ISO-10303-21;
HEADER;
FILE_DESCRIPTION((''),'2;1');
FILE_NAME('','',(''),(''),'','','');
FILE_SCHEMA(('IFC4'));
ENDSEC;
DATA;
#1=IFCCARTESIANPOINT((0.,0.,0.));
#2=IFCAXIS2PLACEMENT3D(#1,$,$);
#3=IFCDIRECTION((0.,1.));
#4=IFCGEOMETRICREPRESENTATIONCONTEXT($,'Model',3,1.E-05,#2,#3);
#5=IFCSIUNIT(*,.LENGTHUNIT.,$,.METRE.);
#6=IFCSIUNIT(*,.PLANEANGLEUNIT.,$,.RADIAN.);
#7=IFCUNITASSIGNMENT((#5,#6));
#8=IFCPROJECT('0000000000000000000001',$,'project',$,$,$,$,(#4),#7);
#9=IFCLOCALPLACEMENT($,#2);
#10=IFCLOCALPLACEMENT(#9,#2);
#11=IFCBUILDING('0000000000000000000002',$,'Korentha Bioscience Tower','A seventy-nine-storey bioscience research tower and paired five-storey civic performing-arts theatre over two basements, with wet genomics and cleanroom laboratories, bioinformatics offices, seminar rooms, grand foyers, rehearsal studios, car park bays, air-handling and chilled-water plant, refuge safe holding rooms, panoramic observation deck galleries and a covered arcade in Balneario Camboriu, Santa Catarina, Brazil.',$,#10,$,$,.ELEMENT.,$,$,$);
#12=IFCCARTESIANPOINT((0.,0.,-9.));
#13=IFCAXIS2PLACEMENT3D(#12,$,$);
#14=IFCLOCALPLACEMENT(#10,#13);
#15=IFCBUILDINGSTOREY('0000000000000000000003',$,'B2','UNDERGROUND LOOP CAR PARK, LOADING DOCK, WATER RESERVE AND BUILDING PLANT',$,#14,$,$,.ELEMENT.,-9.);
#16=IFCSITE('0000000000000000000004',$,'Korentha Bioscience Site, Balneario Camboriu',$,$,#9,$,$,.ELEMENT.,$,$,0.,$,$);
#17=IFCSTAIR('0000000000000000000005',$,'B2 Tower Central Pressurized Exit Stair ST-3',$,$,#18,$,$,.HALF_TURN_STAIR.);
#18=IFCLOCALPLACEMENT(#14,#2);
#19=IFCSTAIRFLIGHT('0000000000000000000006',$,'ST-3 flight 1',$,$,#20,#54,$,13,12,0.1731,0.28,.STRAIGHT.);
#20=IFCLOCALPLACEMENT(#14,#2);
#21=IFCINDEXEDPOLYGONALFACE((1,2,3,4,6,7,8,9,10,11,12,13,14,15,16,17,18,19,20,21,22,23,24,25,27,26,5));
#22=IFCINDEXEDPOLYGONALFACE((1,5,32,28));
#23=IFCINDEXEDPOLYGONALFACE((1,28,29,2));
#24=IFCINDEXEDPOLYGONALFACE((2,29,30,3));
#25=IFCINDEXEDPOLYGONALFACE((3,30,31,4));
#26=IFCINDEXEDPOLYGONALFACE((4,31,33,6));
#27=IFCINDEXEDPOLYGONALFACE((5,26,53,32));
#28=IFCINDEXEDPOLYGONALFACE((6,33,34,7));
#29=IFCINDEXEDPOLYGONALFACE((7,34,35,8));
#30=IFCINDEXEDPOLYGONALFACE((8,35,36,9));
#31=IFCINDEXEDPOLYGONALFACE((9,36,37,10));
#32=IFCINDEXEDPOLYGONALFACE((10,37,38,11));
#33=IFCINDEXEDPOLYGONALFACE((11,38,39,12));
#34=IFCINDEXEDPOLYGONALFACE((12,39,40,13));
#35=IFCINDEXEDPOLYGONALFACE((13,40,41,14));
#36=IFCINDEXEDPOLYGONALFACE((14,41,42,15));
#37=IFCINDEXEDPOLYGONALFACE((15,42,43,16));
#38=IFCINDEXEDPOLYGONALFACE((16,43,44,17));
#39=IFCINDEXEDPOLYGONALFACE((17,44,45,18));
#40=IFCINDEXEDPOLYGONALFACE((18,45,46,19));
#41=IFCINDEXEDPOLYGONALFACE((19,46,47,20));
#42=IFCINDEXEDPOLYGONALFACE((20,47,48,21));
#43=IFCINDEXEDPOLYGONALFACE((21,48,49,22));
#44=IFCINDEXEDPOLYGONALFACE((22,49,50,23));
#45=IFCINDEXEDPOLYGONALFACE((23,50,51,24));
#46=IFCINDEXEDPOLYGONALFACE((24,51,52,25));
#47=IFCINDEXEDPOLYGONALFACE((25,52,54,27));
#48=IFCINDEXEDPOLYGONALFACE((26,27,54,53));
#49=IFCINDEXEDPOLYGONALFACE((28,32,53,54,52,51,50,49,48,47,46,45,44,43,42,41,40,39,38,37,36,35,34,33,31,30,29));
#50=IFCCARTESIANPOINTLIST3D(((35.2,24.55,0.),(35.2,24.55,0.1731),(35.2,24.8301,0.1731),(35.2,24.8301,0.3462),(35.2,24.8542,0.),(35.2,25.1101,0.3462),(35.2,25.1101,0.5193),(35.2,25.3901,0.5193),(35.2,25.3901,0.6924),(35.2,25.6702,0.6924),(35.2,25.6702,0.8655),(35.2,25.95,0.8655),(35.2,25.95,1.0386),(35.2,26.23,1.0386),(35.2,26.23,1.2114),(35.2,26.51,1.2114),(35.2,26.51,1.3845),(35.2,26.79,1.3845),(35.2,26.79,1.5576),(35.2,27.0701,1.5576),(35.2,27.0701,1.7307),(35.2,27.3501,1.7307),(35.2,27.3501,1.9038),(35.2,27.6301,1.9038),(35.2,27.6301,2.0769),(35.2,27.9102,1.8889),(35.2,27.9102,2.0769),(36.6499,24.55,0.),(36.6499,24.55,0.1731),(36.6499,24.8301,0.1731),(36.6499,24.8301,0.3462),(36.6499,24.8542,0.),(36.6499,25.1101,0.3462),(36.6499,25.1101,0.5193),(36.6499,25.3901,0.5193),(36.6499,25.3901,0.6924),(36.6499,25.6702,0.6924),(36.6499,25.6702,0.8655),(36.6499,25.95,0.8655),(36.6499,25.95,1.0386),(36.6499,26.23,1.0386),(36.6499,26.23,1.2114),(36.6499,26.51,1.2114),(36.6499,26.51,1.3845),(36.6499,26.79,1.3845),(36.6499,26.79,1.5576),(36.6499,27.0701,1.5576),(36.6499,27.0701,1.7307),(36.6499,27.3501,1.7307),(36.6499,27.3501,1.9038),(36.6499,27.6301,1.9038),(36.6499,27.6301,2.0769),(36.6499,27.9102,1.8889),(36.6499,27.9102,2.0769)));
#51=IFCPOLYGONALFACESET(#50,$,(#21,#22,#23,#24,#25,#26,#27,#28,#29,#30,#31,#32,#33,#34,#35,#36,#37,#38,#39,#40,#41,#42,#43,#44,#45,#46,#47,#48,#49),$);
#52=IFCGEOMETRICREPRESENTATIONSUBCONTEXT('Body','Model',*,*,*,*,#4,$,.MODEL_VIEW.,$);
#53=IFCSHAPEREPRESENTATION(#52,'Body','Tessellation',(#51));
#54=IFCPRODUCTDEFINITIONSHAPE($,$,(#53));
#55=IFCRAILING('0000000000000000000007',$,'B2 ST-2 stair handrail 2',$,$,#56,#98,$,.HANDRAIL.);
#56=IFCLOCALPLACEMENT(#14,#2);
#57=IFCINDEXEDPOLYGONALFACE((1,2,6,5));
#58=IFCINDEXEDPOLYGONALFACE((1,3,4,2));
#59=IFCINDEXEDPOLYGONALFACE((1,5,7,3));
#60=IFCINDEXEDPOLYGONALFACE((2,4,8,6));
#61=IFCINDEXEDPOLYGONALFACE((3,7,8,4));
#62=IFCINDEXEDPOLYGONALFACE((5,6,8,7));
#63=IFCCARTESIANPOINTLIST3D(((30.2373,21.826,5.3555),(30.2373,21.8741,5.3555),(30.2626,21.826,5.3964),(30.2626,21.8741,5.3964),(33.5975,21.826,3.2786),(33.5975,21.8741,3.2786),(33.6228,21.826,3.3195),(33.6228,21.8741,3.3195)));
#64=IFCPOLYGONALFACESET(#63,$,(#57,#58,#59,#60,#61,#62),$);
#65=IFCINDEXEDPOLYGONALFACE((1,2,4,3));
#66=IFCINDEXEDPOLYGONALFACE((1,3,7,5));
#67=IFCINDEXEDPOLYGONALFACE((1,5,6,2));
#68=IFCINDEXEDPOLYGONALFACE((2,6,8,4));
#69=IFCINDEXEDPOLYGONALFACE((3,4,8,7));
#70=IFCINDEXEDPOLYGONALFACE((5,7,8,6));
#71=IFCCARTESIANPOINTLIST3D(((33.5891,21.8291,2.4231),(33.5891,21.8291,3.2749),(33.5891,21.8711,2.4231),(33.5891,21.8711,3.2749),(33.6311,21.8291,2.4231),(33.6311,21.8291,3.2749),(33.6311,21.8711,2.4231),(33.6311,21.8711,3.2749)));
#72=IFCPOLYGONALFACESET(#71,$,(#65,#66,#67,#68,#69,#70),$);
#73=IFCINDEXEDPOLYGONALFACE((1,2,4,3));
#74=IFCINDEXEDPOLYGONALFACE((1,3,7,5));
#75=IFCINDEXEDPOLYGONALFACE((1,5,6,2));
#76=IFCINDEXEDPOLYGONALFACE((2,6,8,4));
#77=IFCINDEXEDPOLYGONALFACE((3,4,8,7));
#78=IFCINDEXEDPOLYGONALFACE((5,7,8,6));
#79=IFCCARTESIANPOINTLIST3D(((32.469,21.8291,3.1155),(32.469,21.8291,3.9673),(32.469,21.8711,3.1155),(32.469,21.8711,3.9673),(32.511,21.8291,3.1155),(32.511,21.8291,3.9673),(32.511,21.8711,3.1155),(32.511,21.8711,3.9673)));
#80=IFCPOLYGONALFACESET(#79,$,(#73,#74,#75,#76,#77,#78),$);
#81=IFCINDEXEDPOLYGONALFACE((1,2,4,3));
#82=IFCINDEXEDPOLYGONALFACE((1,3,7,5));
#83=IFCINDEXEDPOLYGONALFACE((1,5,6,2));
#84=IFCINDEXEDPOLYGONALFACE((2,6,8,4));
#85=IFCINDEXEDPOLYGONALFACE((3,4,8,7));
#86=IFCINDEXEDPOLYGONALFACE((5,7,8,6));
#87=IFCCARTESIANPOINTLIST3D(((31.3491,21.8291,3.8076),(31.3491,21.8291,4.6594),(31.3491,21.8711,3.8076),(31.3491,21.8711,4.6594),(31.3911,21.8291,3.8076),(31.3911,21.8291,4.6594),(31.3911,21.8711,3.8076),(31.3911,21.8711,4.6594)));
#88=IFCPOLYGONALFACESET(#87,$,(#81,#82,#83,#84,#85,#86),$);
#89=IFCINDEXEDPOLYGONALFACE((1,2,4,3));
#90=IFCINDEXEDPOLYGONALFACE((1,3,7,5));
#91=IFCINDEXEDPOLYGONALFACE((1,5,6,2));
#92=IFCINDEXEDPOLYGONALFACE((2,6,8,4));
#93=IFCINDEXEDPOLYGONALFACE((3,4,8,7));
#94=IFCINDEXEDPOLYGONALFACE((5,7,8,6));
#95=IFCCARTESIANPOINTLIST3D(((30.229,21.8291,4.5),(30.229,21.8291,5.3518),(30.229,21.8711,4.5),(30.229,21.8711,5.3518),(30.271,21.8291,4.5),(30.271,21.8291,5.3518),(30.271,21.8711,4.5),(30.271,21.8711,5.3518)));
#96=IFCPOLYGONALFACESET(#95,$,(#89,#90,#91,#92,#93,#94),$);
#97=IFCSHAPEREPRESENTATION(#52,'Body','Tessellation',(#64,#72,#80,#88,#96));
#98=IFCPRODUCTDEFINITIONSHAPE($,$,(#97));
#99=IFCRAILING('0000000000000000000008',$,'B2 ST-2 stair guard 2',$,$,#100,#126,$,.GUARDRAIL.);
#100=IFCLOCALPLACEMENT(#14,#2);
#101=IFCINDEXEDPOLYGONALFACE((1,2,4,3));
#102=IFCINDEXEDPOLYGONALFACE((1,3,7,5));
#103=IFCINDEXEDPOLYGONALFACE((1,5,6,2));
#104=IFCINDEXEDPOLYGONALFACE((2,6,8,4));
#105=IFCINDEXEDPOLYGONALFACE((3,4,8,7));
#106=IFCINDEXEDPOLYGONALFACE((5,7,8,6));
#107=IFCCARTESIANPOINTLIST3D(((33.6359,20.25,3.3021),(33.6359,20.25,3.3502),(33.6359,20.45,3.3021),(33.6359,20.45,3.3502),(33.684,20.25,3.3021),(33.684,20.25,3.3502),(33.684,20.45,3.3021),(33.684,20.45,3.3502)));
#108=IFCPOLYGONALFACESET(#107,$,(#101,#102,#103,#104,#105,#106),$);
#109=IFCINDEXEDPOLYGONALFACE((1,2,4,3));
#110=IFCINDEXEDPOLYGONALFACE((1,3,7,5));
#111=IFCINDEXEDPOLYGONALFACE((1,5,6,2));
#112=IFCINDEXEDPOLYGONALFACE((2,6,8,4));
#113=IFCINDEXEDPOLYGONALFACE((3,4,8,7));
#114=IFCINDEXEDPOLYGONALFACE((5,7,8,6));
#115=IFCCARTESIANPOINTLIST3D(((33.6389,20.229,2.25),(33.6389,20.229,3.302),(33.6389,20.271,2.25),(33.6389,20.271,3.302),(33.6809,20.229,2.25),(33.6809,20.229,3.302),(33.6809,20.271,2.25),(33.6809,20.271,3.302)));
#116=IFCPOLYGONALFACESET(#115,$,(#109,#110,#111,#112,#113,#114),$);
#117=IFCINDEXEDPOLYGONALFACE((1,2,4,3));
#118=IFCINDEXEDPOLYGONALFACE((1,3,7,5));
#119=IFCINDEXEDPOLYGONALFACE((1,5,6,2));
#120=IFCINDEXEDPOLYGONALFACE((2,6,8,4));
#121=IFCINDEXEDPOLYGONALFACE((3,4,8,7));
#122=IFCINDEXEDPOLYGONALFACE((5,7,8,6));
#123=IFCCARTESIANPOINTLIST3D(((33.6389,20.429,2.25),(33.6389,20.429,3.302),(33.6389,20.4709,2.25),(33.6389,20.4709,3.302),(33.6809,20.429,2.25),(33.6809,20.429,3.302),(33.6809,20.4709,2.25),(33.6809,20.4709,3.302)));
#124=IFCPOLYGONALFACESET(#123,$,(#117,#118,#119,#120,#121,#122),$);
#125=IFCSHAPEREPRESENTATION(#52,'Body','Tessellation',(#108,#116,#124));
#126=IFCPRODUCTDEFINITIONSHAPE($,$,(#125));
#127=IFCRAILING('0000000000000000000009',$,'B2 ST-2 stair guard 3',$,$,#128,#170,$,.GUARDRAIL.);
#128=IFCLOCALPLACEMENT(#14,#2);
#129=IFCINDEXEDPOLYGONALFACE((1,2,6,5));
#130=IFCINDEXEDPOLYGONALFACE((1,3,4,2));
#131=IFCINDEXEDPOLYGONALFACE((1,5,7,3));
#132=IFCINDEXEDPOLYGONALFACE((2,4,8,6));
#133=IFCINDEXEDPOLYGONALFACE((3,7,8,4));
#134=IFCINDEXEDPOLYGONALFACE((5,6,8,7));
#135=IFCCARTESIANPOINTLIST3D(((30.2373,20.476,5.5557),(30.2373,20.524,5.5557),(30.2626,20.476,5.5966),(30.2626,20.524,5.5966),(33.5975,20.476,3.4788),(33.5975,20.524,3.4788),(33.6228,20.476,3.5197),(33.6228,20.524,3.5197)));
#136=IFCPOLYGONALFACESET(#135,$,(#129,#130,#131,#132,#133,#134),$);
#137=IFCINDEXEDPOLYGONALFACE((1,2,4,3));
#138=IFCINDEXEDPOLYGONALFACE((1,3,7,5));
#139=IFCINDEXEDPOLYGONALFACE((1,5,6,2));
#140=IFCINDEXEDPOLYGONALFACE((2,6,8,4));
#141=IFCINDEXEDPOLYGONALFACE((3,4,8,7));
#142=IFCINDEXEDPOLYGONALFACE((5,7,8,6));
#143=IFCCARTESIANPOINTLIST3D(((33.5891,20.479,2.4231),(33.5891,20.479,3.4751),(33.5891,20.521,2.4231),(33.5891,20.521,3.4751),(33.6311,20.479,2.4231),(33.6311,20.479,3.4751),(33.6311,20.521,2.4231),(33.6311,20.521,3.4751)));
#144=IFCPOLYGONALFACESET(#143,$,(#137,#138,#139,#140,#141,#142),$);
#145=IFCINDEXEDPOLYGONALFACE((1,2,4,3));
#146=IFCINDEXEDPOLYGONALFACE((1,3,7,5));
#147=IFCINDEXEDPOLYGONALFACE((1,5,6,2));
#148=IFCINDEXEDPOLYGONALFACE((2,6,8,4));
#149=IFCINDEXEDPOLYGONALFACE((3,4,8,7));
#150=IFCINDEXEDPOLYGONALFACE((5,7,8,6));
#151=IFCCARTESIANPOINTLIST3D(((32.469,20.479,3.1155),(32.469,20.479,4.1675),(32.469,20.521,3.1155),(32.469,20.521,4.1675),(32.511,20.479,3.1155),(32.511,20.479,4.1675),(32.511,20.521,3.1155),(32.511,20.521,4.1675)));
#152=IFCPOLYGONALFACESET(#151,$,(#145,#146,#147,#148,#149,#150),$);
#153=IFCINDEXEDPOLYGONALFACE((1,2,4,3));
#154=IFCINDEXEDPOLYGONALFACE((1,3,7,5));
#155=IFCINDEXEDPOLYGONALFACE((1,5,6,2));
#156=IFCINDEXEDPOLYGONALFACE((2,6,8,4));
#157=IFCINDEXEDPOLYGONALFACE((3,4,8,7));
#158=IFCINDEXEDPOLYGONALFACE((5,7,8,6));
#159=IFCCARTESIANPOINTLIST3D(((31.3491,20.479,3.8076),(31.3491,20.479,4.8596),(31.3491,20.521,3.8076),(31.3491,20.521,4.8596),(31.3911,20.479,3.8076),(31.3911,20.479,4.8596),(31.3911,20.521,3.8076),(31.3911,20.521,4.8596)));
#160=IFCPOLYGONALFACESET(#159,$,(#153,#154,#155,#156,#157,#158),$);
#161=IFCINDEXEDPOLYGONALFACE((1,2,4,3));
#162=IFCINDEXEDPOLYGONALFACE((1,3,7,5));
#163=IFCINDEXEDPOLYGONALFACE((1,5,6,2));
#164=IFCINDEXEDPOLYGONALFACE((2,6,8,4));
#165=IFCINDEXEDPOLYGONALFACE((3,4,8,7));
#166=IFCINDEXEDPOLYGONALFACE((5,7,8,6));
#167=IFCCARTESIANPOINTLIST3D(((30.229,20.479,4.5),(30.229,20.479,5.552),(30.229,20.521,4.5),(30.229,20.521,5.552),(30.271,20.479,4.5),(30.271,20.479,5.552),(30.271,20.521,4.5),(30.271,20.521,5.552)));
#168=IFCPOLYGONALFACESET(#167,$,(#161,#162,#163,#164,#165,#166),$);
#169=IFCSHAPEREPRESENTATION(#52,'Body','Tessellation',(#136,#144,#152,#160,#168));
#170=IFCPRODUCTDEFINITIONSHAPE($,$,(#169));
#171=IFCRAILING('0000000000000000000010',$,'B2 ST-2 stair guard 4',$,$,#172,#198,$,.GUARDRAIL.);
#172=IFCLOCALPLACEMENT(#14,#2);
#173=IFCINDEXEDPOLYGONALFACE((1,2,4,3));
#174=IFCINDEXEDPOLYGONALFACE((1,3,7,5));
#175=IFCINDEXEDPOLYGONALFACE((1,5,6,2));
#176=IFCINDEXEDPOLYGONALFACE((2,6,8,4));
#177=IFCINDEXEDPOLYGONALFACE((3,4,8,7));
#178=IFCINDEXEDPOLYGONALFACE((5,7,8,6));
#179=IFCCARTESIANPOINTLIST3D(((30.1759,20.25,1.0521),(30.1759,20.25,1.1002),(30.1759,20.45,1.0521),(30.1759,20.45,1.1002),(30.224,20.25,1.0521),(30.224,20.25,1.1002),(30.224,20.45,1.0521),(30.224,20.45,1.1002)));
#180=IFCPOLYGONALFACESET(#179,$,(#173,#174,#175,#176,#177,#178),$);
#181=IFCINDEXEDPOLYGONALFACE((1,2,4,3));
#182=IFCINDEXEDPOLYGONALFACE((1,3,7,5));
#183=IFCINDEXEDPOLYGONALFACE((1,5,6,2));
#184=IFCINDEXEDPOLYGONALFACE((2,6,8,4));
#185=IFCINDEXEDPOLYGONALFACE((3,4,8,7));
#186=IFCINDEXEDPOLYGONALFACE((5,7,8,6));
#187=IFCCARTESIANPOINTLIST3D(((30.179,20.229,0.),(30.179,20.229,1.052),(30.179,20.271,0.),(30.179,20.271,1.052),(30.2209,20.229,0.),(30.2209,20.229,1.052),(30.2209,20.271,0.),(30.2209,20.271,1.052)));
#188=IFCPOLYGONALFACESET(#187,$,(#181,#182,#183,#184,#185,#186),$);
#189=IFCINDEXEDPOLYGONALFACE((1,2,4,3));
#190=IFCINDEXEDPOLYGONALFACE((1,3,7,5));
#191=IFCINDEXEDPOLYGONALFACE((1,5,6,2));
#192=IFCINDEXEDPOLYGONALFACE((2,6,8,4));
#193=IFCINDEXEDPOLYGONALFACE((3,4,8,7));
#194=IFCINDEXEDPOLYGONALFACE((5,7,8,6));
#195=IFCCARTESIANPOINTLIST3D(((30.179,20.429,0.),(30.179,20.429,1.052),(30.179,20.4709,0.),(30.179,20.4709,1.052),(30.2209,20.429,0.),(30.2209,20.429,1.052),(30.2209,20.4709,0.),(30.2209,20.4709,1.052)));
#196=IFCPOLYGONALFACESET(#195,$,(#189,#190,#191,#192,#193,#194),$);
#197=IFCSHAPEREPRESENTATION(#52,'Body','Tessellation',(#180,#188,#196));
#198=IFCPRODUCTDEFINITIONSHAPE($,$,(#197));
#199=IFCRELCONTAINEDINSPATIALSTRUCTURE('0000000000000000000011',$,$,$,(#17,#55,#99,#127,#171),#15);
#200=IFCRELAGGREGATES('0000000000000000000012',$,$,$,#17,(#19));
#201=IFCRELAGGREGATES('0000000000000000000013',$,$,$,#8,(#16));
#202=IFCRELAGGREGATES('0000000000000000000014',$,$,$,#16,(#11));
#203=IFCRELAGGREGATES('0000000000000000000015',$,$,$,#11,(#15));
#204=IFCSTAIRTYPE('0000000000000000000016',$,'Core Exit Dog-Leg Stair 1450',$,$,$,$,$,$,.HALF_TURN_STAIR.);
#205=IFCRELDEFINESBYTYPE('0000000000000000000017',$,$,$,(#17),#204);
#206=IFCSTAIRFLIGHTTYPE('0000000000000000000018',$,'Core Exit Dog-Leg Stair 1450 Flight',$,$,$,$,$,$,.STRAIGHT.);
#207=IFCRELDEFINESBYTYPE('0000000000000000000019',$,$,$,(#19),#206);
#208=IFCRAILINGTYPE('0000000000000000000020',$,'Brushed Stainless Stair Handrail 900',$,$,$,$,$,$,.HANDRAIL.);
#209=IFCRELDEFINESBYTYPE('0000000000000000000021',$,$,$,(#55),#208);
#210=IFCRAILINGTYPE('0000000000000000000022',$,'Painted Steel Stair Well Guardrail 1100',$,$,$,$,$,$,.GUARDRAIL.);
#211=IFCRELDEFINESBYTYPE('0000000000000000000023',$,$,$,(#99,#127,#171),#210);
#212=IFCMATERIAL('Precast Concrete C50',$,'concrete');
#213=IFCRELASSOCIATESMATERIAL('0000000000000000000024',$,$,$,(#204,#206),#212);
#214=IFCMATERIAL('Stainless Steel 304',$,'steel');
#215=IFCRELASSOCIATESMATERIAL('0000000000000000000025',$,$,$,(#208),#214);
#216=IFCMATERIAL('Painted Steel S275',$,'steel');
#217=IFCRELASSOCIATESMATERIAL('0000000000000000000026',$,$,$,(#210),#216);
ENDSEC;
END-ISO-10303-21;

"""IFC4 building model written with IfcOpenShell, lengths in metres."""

from ifc_helpers import new_model, si_unit, direction, frame, origin, origin_2d, place, context, subcontext, project, spatial, polyline, rectangle, outline, extrude, material, type_object, element, aggregate, save


model = new_model("IFC4")

# Units and contexts
model_context = context("Model", 3, precision=1e-05, world=origin(), true_north=direction((0.0, 1.0)))
body_context = subcontext(model_context, "Body", "Model", "MODEL_VIEW")
ifc_project = project(units=[si_unit("LENGTHUNIT", "METRE"), si_unit("PLANEANGLEUNIT", "RADIAN")], contexts=[model_context])

# Site, building, storey
site_placement = place(None, origin())
site = spatial("IfcSite", under=ifc_project, at=site_placement, Name="Korentha Bioscience Site, Balneario Camboriu", CompositionType="ELEMENT", RefElevation=0.0)
building_placement = place(site_placement, origin())
building = spatial("IfcBuilding", under=site, at=building_placement, Name="Korentha Bioscience Tower", Description="A seventy-nine-storey bioscience research tower and paired five-storey civic performing-arts theatre over two basements, with wet genomics and cleanroom laboratories, bioinformatics offices, seminar rooms, grand foyers, rehearsal studios, car park bays, air-handling and chilled-water plant, refuge safe holding rooms, panoramic observation deck galleries and a covered arcade in Balneario Camboriu, Santa Catarina, Brazil.", CompositionType="ELEMENT")
storey_placement = place(building_placement, frame((0.0, 0.0, -9.0)))
storey = spatial("IfcBuildingStorey", under=building, at=storey_placement, Name="B2", Description="UNDERGROUND LOOP CAR PARK, LOADING DOCK, WATER RESERVE AND BUILDING PLANT", CompositionType="ELEMENT", Elevation=-9.0)

# Stair, stair flight
ifc_material_1 = material(Name="Precast Concrete C50", Category="concrete")
stair_type = type_object("IfcStairType", Name="Core Exit Dog-Leg Stair 1450", PredefinedType="HALF_TURN_STAIR", material=ifc_material_1)
stair_flight_type = type_object("IfcStairFlightType", Name="Core Exit Dog-Leg Stair 1450 Flight", PredefinedType="STRAIGHT", material=ifc_material_1)
stair_1_placement = place(storey_placement, origin())
stair_1 = element("IfcStair", 1, at=stair_1_placement, inside=storey, type_object=stair_type, Name="B2 Tower Central Pressurized Exit Stair ST-3", PredefinedType="HALF_TURN_STAIR")
stair_flight_1_placement = place(storey_placement, frame((35.925, 24.55, 0.0), z_axis=(0.0, 0.0, 1.0), x_axis=(0.0, 1.0, 0.0)))
stair_flight_1 = element("IfcStairFlight", 2, at=stair_flight_1_placement, type_object=stair_flight_type, Name="ST-3 flight 1", NumberOfRisers=13, NumberOfTreads=12, PredefinedType="STRAIGHT", RiserHeight=0.1731, TreadLength=0.28, context=body_context, shape_type="SweptSolid", body=[
    extrude(outline(polyline([(0.0, 0.0), (0.0, 0.1731), (0.28, 0.1731), (0.28, 0.3462), (0.5601, 0.3462), (0.5601, 0.5193), (0.8401, 0.5193), (0.8401, 0.6924), (1.1201, 0.6924), (1.1201, 0.8655), (1.3999, 0.8655), (1.3999, 1.0386), (1.6799, 1.0386), (1.6799, 1.2114), (1.96, 1.2114), (1.96, 1.3845), (2.24, 1.3845), (2.24, 1.5576), (2.52, 1.5576), (2.52, 1.7307), (2.8, 1.7307), (2.8, 1.9038), (3.0801, 1.9038), (3.0801, 2.0769), (3.3601, 2.0769), (3.3601, 2.25), (3.3601, 1.8889), (0.3042, 0.0), (0.0, 0.0)])), frame((0.0, 0.7251, 0.0), z_axis=(0.0, -1.0, 0.0), x_axis=(1.0, 0.0, 0.0)), (0.0, 0.0, 1.0), 1.45),
])
aggregate(stair_1, [stair_flight_1])

# Railings
ifc_material_2 = material(Name="Stainless Steel 304", Category="steel")
railing_type_1 = type_object("IfcRailingType", Name="Brushed Stainless Stair Handrail 900", PredefinedType="HANDRAIL", material=ifc_material_2)
railing_1_placement = place(storey_placement, frame((33.6101, 21.8501, 2.4231)))
element("IfcRailing", 3, at=railing_1_placement, inside=storey, type_object=railing_type_1, Name="B2 ST-2 stair handrail 2", PredefinedType="HANDRAIL", context=body_context, shape_type="SweptSolid", body=[
    extrude(rectangle(XDim=0.0481, YDim=0.0481, at=origin_2d()), frame((0.0, 0.0, 0.876), z_axis=(-0.850623, 0.0, 0.525776), x_axis=(0.0, -1.0, 0.0)), (0.0, 0.0, 1.0), 3.9502),
    extrude(rectangle(XDim=0.042, YDim=0.042, at=origin_2d()), origin(), (0.0, 0.0, 1.0), 0.8518),
    extrude(rectangle(XDim=0.042, YDim=0.042, at=origin_2d()), frame((-1.1201, 0.0, 0.6924)), (0.0, 0.0, 1.0), 0.8518),
    extrude(rectangle(XDim=0.042, YDim=0.042, at=origin_2d()), frame((-2.24, 0.0, 1.3845)), (0.0, 0.0, 1.0), 0.8518),
    extrude(rectangle(XDim=0.042, YDim=0.042, at=origin_2d()), frame((-3.3601, 0.0, 2.0769)), (0.0, 0.0, 1.0), 0.8518),
])
ifc_material_3 = material(Name="Painted Steel S275", Category="steel")
railing_type_2 = type_object("IfcRailingType", Name="Painted Steel Stair Well Guardrail 1100", PredefinedType="GUARDRAIL", material=ifc_material_3)
railing_2_placement = place(storey_placement, frame((33.6599, 20.25, 2.25)))
element("IfcRailing", 4, at=railing_2_placement, inside=storey, type_object=railing_type_2, Name="B2 ST-2 stair guard 2", PredefinedType="GUARDRAIL", context=body_context, shape_type="SweptSolid", body=[
    extrude(rectangle(XDim=0.0481, YDim=0.0481, at=origin_2d()), frame((0.0, 0.0, 1.0762), z_axis=(0.0, 1.0, 0.0), x_axis=(-1.0, 0.0, 0.0)), (0.0, 0.0, 1.0), 0.2),
    extrude(rectangle(XDim=0.042, YDim=0.042, at=origin_2d()), origin(), (0.0, 0.0, 1.0), 1.052),
    extrude(rectangle(XDim=0.042, YDim=0.042, at=origin_2d()), frame((0.0, 0.2, 0.0)), (0.0, 0.0, 1.0), 1.052),
])
railing_3_placement = place(storey_placement, frame((33.6101, 20.5, 2.4231)))
element("IfcRailing", 5, at=railing_3_placement, inside=storey, type_object=railing_type_2, Name="B2 ST-2 stair guard 3", PredefinedType="GUARDRAIL", context=body_context, shape_type="SweptSolid", body=[
    extrude(rectangle(XDim=0.0481, YDim=0.0481, at=origin_2d()), frame((0.0, 0.0, 1.0762), z_axis=(-0.850623, 0.0, 0.525776), x_axis=(0.0, -1.0, 0.0)), (0.0, 0.0, 1.0), 3.9502),
    extrude(rectangle(XDim=0.042, YDim=0.042, at=origin_2d()), origin(), (0.0, 0.0, 1.0), 1.052),
    extrude(rectangle(XDim=0.042, YDim=0.042, at=origin_2d()), frame((-1.1201, 0.0, 0.6924)), (0.0, 0.0, 1.0), 1.052),
    extrude(rectangle(XDim=0.042, YDim=0.042, at=origin_2d()), frame((-2.24, 0.0, 1.3845)), (0.0, 0.0, 1.0), 1.052),
    extrude(rectangle(XDim=0.042, YDim=0.042, at=origin_2d()), frame((-3.3601, 0.0, 2.0769)), (0.0, 0.0, 1.0), 1.052),
])
railing_4_placement = place(storey_placement, frame((30.2, 20.25, 0.0)))
element("IfcRailing", 6, at=railing_4_placement, inside=storey, type_object=railing_type_2, Name="B2 ST-2 stair guard 4", PredefinedType="GUARDRAIL", context=body_context, shape_type="SweptSolid", body=[
    extrude(rectangle(XDim=0.0481, YDim=0.0481, at=origin_2d()), frame((0.0, 0.0, 1.0762), z_axis=(0.0, 1.0, 0.0), x_axis=(-1.0, 0.0, 0.0)), (0.0, 0.0, 1.0), 0.2),
    extrude(rectangle(XDim=0.042, YDim=0.042, at=origin_2d()), origin(), (0.0, 0.0, 1.0), 1.052),
    extrude(rectangle(XDim=0.042, YDim=0.042, at=origin_2d()), frame((0.0, 0.2, 0.0)), (0.0, 0.0, 1.0), 1.052),
])

save(model, "model.ifc")
